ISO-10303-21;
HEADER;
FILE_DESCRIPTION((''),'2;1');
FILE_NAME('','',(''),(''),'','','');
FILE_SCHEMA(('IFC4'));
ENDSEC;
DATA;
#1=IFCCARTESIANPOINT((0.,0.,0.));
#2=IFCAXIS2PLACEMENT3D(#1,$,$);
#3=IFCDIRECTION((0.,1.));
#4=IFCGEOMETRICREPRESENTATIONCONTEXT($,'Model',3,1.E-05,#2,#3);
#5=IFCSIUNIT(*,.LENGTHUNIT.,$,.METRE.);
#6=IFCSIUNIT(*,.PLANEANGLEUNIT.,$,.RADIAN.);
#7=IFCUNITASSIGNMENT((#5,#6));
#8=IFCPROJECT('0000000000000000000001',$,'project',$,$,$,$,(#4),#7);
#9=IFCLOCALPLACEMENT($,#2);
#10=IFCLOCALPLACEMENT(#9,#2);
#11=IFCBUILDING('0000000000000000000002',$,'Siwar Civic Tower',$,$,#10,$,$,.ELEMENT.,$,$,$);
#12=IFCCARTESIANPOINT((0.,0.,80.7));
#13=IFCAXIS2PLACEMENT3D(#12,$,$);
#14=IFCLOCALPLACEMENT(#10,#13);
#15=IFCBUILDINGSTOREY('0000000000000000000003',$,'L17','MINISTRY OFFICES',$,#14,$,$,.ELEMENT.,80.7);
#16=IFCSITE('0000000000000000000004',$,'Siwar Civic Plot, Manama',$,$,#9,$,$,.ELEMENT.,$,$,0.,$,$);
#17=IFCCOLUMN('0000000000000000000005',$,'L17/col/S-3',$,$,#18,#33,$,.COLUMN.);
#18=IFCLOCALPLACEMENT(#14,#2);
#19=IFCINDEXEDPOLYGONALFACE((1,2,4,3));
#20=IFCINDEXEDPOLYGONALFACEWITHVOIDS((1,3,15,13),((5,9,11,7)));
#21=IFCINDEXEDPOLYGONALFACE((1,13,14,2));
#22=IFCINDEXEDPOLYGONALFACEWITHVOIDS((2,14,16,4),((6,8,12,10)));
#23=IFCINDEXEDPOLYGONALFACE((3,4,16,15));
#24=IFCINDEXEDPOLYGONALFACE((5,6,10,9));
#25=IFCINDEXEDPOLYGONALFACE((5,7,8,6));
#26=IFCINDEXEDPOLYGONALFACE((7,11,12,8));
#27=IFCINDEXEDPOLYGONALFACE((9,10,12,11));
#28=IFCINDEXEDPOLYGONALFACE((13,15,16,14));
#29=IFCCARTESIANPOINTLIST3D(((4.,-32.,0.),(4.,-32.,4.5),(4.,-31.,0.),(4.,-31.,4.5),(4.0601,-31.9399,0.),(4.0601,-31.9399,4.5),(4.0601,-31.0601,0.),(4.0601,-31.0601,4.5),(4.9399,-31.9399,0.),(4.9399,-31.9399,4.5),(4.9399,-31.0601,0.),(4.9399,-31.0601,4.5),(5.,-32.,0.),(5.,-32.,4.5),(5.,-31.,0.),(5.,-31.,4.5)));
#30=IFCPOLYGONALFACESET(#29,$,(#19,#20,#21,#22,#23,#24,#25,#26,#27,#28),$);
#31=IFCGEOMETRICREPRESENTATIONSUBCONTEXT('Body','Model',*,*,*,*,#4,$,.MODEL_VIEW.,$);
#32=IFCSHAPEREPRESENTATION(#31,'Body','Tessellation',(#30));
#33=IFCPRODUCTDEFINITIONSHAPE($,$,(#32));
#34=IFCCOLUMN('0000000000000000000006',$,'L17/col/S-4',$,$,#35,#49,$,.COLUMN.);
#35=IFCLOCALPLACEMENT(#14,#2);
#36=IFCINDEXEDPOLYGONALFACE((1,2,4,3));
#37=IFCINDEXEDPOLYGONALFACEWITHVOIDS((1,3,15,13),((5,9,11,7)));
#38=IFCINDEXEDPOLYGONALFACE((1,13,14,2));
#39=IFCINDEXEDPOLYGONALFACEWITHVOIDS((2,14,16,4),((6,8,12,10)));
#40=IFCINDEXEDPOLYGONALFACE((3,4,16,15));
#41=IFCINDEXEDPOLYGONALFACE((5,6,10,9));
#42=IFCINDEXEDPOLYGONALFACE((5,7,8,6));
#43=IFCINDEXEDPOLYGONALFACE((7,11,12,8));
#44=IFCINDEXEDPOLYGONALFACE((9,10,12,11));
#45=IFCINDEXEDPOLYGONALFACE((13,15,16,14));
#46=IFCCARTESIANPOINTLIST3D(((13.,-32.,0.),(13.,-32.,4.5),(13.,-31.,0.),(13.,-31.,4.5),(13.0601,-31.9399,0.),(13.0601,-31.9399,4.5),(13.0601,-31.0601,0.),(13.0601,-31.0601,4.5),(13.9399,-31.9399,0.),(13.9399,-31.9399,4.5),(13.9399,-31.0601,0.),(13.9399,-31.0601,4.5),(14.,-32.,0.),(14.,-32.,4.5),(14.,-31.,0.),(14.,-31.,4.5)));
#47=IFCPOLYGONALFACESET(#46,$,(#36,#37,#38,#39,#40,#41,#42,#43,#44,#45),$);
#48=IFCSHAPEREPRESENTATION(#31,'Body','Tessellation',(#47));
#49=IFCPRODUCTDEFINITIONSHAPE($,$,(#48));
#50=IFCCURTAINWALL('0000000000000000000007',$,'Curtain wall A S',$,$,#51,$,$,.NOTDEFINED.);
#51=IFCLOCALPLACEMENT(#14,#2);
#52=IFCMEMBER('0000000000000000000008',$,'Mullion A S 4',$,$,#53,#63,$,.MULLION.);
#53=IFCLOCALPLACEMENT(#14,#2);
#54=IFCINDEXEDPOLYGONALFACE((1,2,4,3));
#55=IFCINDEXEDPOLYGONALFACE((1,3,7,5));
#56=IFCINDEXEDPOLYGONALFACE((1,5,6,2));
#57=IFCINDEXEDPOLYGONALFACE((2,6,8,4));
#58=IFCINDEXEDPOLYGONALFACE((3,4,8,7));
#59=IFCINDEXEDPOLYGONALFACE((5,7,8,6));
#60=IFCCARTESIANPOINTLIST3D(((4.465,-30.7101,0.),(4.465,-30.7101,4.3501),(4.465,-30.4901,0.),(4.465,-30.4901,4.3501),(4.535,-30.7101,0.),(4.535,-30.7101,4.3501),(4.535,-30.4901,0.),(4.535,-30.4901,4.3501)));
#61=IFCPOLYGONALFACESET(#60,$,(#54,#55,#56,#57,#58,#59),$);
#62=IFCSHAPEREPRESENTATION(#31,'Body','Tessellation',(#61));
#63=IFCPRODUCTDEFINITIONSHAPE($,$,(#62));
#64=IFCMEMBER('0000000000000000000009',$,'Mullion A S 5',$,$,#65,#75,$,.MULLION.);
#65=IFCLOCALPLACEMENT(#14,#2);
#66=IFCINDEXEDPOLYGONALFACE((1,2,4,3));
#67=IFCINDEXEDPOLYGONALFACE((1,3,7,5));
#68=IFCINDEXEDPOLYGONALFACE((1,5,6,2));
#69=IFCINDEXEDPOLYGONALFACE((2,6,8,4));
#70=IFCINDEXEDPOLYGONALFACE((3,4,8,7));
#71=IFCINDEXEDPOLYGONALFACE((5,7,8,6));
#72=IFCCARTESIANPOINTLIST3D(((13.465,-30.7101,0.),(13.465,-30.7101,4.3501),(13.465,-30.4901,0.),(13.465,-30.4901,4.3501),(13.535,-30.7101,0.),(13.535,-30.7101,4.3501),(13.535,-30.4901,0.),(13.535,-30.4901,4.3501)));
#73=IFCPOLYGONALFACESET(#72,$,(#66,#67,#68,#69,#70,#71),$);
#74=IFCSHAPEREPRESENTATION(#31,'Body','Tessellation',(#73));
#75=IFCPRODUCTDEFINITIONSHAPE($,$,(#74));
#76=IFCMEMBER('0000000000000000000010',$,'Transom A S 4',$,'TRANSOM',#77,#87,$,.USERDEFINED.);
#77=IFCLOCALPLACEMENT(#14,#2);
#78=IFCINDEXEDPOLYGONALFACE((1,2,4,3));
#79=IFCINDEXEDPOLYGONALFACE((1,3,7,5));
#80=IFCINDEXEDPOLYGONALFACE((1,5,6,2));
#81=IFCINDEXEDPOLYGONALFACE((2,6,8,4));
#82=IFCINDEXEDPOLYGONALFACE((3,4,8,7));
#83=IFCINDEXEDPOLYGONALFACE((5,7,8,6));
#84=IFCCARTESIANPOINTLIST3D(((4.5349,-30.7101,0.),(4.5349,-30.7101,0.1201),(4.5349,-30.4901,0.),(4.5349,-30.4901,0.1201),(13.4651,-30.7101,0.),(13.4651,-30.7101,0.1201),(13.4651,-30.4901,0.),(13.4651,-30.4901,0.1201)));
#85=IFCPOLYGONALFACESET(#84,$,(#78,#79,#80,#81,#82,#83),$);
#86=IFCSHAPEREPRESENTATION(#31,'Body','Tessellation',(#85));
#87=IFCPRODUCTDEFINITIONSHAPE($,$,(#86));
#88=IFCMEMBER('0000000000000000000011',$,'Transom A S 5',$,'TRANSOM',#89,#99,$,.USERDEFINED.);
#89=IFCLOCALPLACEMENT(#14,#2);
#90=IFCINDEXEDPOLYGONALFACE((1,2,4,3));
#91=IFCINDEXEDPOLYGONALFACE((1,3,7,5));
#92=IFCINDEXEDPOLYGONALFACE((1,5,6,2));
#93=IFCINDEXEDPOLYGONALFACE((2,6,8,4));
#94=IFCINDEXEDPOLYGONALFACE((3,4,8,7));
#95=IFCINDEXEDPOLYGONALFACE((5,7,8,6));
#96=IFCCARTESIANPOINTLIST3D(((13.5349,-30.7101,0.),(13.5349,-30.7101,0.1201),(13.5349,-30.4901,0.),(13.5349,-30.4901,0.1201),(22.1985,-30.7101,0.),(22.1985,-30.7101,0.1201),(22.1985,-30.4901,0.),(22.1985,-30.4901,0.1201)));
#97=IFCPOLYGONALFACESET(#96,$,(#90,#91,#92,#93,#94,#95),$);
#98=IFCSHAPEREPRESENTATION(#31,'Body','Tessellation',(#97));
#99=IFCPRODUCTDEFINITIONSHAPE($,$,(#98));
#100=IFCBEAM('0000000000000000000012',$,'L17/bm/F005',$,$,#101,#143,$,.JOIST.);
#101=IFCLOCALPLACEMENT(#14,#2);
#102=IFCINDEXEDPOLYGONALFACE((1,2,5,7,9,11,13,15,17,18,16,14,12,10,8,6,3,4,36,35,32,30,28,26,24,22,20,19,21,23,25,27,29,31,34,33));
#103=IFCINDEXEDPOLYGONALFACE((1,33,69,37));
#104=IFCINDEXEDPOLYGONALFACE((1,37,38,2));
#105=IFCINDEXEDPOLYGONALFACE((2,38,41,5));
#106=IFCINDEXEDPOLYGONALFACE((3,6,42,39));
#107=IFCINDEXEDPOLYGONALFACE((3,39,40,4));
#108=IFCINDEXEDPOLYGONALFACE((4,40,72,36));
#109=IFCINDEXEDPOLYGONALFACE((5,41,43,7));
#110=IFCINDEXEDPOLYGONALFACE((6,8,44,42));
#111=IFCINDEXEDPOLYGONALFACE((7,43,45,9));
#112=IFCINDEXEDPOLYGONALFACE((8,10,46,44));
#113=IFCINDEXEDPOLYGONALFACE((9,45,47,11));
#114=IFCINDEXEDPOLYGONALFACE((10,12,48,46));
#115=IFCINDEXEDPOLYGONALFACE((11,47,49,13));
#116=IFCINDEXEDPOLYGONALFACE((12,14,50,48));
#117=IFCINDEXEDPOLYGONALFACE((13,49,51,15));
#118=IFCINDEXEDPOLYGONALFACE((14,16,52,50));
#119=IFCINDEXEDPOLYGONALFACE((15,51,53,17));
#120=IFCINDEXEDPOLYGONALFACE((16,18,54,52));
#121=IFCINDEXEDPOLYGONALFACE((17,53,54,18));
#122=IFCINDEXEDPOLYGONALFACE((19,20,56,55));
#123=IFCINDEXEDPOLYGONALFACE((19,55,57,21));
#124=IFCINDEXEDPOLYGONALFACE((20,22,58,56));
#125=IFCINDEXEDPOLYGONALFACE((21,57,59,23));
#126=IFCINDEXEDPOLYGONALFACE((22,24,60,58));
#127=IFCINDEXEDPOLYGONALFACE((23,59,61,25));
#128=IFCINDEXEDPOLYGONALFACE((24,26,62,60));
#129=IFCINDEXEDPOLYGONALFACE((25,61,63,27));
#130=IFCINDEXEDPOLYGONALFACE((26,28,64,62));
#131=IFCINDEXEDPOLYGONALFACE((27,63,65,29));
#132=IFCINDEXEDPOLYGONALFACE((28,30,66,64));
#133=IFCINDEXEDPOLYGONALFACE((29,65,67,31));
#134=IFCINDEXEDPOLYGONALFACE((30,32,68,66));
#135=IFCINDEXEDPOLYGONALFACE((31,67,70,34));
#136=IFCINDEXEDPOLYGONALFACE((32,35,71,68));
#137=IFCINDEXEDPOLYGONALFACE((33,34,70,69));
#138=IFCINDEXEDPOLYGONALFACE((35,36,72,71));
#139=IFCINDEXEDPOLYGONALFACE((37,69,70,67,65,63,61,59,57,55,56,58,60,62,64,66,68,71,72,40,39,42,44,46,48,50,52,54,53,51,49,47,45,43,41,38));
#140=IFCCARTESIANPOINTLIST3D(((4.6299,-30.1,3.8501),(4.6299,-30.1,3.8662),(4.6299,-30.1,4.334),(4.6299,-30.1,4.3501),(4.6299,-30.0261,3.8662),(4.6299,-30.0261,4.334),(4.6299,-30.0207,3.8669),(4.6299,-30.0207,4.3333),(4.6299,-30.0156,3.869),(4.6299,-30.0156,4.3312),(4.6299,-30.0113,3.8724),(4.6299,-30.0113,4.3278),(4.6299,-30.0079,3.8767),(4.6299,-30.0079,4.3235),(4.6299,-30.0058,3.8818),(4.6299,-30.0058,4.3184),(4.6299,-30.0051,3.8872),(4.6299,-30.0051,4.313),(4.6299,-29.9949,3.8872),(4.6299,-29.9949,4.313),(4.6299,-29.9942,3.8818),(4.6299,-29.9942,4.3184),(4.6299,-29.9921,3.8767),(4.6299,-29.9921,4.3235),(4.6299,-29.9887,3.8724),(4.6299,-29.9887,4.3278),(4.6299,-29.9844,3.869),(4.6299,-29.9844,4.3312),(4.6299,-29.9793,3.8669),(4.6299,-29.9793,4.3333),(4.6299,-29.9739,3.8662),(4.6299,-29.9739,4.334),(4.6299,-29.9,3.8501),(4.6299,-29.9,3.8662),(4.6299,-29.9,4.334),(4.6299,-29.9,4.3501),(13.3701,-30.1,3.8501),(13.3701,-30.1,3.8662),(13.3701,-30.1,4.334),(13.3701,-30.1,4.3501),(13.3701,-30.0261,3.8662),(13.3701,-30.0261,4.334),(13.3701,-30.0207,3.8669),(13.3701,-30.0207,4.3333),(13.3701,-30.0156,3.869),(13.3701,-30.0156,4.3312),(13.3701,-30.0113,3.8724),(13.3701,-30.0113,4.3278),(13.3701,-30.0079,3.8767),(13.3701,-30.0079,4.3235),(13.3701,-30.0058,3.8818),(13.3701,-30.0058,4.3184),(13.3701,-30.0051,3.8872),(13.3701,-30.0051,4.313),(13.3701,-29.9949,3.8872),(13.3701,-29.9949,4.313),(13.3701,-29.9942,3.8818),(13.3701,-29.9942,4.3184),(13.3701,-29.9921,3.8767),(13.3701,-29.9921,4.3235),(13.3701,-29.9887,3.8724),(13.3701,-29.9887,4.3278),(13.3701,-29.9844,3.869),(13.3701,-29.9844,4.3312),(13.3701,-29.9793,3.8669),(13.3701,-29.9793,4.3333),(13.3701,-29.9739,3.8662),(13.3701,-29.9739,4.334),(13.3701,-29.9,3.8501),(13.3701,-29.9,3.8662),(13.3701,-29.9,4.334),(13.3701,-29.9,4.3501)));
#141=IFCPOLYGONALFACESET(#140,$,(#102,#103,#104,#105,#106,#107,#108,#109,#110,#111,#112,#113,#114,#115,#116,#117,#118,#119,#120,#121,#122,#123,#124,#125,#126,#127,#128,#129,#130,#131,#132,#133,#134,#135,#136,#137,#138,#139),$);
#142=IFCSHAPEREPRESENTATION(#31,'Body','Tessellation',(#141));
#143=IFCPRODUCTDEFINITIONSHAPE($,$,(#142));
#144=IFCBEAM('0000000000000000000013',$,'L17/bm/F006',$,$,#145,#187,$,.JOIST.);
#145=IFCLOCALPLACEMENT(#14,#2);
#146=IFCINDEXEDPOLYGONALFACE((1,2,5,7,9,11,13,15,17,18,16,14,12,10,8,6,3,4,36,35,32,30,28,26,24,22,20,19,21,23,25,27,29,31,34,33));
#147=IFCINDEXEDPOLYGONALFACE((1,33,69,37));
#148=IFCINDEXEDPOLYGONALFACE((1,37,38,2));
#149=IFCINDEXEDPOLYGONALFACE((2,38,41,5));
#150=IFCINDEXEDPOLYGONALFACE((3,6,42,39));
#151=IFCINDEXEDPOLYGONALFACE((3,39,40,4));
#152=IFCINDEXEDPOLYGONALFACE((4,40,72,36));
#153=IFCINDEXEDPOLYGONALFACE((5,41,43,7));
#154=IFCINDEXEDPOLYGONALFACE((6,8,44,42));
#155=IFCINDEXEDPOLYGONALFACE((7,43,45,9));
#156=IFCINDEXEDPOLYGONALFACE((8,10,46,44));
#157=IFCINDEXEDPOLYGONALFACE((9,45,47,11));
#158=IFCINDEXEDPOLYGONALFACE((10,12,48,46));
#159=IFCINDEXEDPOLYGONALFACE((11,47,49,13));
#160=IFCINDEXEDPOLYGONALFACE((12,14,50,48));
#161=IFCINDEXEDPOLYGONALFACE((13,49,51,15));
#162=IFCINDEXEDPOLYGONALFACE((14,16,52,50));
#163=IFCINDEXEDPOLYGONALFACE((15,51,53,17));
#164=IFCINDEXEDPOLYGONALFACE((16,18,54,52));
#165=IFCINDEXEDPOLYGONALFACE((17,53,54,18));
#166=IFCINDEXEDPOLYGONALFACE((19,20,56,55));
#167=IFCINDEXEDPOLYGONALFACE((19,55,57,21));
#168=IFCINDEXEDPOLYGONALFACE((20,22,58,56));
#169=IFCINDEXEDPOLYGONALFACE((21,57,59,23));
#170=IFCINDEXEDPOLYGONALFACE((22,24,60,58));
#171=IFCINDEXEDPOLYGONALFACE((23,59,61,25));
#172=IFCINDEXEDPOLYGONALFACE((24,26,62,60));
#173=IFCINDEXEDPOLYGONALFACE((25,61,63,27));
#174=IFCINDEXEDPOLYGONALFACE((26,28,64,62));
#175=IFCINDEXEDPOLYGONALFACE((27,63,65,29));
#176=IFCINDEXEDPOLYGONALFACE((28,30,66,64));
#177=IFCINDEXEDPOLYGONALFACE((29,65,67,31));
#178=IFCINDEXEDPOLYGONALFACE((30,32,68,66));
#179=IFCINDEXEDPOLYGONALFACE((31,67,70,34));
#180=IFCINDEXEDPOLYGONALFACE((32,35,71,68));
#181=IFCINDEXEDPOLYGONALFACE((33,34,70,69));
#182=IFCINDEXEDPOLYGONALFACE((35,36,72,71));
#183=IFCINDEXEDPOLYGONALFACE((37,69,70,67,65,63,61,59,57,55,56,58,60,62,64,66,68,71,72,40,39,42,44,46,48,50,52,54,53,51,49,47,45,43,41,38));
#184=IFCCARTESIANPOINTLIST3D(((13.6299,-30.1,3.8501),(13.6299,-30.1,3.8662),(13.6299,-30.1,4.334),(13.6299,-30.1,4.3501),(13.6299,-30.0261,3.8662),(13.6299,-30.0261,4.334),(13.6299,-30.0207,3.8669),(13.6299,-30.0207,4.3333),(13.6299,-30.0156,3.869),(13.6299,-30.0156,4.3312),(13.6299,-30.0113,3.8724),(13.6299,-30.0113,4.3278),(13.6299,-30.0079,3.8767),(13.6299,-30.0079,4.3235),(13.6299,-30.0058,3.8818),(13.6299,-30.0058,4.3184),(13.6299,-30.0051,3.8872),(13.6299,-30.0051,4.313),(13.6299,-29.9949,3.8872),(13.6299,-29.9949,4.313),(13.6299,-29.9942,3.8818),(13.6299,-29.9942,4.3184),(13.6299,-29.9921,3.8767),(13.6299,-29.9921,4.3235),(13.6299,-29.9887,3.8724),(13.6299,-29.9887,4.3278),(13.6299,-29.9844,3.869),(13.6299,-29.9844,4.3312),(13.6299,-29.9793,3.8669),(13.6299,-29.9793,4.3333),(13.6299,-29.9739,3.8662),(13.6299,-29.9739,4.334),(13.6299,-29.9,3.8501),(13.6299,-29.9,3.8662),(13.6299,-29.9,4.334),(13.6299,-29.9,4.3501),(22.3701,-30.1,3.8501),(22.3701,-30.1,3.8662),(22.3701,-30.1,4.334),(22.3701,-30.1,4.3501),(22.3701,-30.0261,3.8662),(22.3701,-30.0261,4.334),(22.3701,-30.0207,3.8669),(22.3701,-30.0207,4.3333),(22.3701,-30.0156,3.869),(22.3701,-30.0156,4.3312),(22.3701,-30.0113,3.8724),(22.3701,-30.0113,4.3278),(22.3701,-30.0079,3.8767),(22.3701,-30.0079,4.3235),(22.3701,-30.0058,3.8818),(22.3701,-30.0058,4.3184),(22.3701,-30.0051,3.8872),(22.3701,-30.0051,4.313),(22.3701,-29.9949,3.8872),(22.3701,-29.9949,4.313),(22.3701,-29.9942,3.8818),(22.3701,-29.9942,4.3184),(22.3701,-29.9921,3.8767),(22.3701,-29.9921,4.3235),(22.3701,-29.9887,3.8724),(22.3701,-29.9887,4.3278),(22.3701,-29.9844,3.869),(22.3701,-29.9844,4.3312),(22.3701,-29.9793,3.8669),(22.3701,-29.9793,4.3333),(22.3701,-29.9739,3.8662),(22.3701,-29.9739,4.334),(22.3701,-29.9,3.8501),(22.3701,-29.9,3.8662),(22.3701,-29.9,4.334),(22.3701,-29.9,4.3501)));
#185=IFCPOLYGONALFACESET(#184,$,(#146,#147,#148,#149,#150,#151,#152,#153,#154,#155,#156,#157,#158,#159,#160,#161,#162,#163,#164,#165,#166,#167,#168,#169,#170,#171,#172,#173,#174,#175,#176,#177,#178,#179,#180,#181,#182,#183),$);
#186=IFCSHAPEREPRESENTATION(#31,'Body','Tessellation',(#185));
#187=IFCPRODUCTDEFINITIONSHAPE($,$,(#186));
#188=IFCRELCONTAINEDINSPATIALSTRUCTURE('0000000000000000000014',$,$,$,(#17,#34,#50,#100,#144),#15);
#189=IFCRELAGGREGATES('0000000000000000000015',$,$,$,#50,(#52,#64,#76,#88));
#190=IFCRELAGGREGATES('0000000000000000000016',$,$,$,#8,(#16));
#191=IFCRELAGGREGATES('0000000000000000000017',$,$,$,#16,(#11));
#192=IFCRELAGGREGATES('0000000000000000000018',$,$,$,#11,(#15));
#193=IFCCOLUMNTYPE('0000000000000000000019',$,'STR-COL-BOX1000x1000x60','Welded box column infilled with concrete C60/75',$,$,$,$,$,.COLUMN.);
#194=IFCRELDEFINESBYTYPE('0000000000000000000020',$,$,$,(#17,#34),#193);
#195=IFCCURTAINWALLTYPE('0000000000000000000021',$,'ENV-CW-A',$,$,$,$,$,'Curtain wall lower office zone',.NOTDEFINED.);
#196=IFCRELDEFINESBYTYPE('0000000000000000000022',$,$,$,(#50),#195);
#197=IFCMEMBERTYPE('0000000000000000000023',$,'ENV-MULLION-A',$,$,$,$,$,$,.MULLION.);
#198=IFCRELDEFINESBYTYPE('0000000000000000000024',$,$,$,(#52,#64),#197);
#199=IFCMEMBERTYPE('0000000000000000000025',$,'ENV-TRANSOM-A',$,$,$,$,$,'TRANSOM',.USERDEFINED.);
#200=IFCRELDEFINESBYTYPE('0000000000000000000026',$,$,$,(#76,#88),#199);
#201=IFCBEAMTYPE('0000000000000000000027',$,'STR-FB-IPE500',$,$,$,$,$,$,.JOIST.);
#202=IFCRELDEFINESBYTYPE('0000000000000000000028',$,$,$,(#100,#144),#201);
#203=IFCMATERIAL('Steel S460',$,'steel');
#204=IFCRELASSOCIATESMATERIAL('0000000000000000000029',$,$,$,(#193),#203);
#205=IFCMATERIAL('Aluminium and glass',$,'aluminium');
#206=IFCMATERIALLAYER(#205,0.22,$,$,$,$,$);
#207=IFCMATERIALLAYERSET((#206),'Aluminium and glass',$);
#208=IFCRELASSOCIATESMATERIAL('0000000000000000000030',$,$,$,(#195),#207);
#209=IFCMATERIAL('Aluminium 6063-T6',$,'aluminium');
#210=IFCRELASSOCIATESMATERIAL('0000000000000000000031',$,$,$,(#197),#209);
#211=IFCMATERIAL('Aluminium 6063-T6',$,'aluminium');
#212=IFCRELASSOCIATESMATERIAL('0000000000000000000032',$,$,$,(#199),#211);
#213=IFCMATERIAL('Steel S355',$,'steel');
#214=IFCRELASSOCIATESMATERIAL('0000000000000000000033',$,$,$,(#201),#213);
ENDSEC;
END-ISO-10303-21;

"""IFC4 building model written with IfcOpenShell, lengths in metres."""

from ifc_helpers import new_model, si_unit, direction, frame, origin, origin_2d, place, context, subcontext, project, spatial, rectangle, hollow_rectangle, i_section, extrude, material, layer, layer_set, material_profile, profile_set, type_object, element, aggregate, save


model = new_model("IFC4")

# Units and contexts
model_context = context("Model", 3, precision=1e-05, world=origin(), true_north=direction((0.0, 1.0)))
body_context = subcontext(model_context, "Body", "Model", "MODEL_VIEW")
ifc_project = project(units=[si_unit("LENGTHUNIT", "METRE"), si_unit("PLANEANGLEUNIT", "RADIAN")], contexts=[model_context])

# Site, building, storey
site_placement = place(None, origin())
site = spatial("IfcSite", under=ifc_project, at=site_placement, Name="Siwar Civic Plot, Manama", CompositionType="ELEMENT", RefElevation=0.0)
building_placement = place(site_placement, origin())
building = spatial("IfcBuilding", under=site, at=building_placement, Name="Siwar Civic Tower", CompositionType="ELEMENT")
storey_placement = place(building_placement, frame((0.0, 0.0, 80.7)))
storey = spatial("IfcBuildingStorey", under=building, at=storey_placement, Name="L17", Description="MINISTRY OFFICES", CompositionType="ELEMENT", Elevation=80.7)

# Columns
ifc_material_1 = material(Name="Steel S460", Category="steel")
ifc_material_profile_1 = material_profile(ifc_material_1, hollow_rectangle(XDim=1.0, YDim=1.0, WallThickness=0.0601, at=origin_2d()), Name="BOX1000x1000x60")
ifc_profile_set_1 = profile_set([ifc_material_profile_1], Name="Steel S460")
column_type = type_object("IfcColumnType", Name="STR-COL-BOX1000x1000x60", Description="Welded box column infilled with concrete C60/75", PredefinedType="COLUMN", material=ifc_profile_set_1)
for number, where, z_axis, x_axis, name in (
    (1, (4.5, -31.5, 0.0), (0.0, 0.0, 1.0), (1.0, 0.0, 0.0), "L17/col/S-3"),
    (2, (13.5, -31.5, 0.0), (0.0, 0.0, 1.0), (1.0, 0.0, 0.0), "L17/col/S-4"),
):
    element("IfcColumn", number, at=place(storey_placement, frame(where, z_axis=z_axis, x_axis=x_axis)), inside=storey, type_object=column_type, Name=name, PredefinedType="COLUMN", context=body_context, shape_type="SweptSolid", body=[
        extrude(hollow_rectangle(XDim=1.0, YDim=1.0, WallThickness=0.0601, at=origin_2d()), origin(), (0.0, 0.0, 1.0), 4.5),
    ])

# Curtain wall, members
ifc_material_2 = material(Name="Aluminium and glass", Category="aluminium")
ifc_layer_1 = layer(ifc_material_2, 0.22)
ifc_layer_set_1 = layer_set([ifc_layer_1], Name="Aluminium and glass")
curtain_wall_type = type_object("IfcCurtainWallType", Name="ENV-CW-A", ElementType="Curtain wall lower office zone", PredefinedType="NOTDEFINED", material=ifc_layer_set_1)
curtain_wall_placement = place(storey_placement, origin())
curtain_wall = element("IfcCurtainWall", 3, at=curtain_wall_placement, inside=storey, type_object=curtain_wall_type, Name="Curtain wall A S", PredefinedType="NOTDEFINED")
ifc_material_3 = material(Name="Aluminium 6063-T6", Category="aluminium")
ifc_material_profile_2 = material_profile(ifc_material_3, rectangle(XDim=0.22, YDim=0.0701, at=origin_2d()), Name="AL 220x70")
ifc_profile_set_2 = profile_set([ifc_material_profile_2], Name="Aluminium 6063-T6")
member_type_1 = type_object("IfcMemberType", Name="ENV-MULLION-A", PredefinedType="MULLION", material=ifc_profile_set_2)
member_1_placement = place(storey_placement, frame((4.5, -30.6001, 0.0), z_axis=(0.0, 0.0, 1.0), x_axis=(0.0, 1.0, 0.0)))
member_1 = element("IfcMember", 4, at=member_1_placement, type_object=member_type_1, Name="Mullion A S 4", PredefinedType="MULLION", context=body_context, shape_type="SweptSolid", body=[
    extrude(rectangle(XDim=0.22, YDim=0.0701, at=origin_2d()), origin(), (0.0, 0.0, 1.0), 4.3501),
])
member_2_placement = place(storey_placement, frame((13.5, -30.6001, 0.0), z_axis=(0.0, 0.0, 1.0), x_axis=(0.0, 1.0, 0.0)))
member_2 = element("IfcMember", 5, at=member_2_placement, type_object=member_type_1, Name="Mullion A S 5", PredefinedType="MULLION", context=body_context, shape_type="SweptSolid", body=[
    extrude(rectangle(XDim=0.22, YDim=0.0701, at=origin_2d()), origin(), (0.0, 0.0, 1.0), 4.3501),
])
ifc_material_4 = material(Name="Aluminium 6063-T6", Category="aluminium")
ifc_material_profile_3 = material_profile(ifc_material_4, rectangle(XDim=0.22, YDim=0.1201, at=origin_2d()), Name="AL 220x120")
ifc_profile_set_3 = profile_set([ifc_material_profile_3], Name="Aluminium 6063-T6")
member_type_2 = type_object("IfcMemberType", Name="ENV-TRANSOM-A", ElementType="TRANSOM", PredefinedType="USERDEFINED", material=ifc_profile_set_3)
member_3_placement = place(storey_placement, frame((4.5349, -30.6001, 0.0601), z_axis=(1.0, 0.0, 0.0), x_axis=(0.0, 1.0, 0.0)))
member_3 = element("IfcMember", 6, at=member_3_placement, type_object=member_type_2, Name="Transom A S 4", ObjectType="TRANSOM", PredefinedType="USERDEFINED", context=body_context, shape_type="SweptSolid", body=[
    extrude(rectangle(XDim=0.22, YDim=0.1201, at=origin_2d()), origin(), (0.0, 0.0, 1.0), 8.9302),
])
member_4_placement = place(storey_placement, frame((13.5349, -30.6001, 0.0601), z_axis=(1.0, 0.0, 0.0), x_axis=(0.0, 1.0, 0.0)))
member_4 = element("IfcMember", 7, at=member_4_placement, type_object=member_type_2, Name="Transom A S 5", ObjectType="TRANSOM", PredefinedType="USERDEFINED", context=body_context, shape_type="SweptSolid", body=[
    extrude(rectangle(XDim=0.22, YDim=0.1201, at=origin_2d()), origin(), (0.0, 0.0, 1.0), 8.6636),
])

# Beams
ifc_material_5 = material(Name="Steel S355", Category="steel")
ifc_material_profile_4 = material_profile(ifc_material_5, i_section(OverallWidth=0.2, OverallDepth=0.5, WebThickness=0.0103, FlangeThickness=0.0161, FilletRadius=0.021, at=origin_2d()), Name="IPE500")
ifc_profile_set_4 = profile_set([ifc_material_profile_4], Name="Steel S355")
beam_type_1 = type_object("IfcBeamType", Name="STR-FB-IPE500", PredefinedType="JOIST", material=ifc_profile_set_4)
for number, where, z_axis, x_axis, name in (
    (8, (4.6299, -30.0, 4.1001), (1.0, 0.0, 0.0), (0.0, 1.0, 0.0), "L17/bm/F005"),
    (9, (13.6299, -30.0, 4.1001), (1.0, 0.0, 0.0), (0.0, 1.0, 0.0), "L17/bm/F006"),
):
    element("IfcBeam", number, at=place(storey_placement, frame(where, z_axis=z_axis, x_axis=x_axis)), inside=storey, type_object=beam_type_1, Name=name, PredefinedType="JOIST", context=body_context, shape_type="SweptSolid", body=[
        extrude(i_section(OverallWidth=0.2, OverallDepth=0.5, WebThickness=0.0103, FlangeThickness=0.0161, FilletRadius=0.021, at=origin_2d()), origin(), (0.0, 0.0, 1.0), 8.7402),
    ])

aggregate(curtain_wall, [member_1, member_2, member_3, member_4])

save(model, "model.ifc")
